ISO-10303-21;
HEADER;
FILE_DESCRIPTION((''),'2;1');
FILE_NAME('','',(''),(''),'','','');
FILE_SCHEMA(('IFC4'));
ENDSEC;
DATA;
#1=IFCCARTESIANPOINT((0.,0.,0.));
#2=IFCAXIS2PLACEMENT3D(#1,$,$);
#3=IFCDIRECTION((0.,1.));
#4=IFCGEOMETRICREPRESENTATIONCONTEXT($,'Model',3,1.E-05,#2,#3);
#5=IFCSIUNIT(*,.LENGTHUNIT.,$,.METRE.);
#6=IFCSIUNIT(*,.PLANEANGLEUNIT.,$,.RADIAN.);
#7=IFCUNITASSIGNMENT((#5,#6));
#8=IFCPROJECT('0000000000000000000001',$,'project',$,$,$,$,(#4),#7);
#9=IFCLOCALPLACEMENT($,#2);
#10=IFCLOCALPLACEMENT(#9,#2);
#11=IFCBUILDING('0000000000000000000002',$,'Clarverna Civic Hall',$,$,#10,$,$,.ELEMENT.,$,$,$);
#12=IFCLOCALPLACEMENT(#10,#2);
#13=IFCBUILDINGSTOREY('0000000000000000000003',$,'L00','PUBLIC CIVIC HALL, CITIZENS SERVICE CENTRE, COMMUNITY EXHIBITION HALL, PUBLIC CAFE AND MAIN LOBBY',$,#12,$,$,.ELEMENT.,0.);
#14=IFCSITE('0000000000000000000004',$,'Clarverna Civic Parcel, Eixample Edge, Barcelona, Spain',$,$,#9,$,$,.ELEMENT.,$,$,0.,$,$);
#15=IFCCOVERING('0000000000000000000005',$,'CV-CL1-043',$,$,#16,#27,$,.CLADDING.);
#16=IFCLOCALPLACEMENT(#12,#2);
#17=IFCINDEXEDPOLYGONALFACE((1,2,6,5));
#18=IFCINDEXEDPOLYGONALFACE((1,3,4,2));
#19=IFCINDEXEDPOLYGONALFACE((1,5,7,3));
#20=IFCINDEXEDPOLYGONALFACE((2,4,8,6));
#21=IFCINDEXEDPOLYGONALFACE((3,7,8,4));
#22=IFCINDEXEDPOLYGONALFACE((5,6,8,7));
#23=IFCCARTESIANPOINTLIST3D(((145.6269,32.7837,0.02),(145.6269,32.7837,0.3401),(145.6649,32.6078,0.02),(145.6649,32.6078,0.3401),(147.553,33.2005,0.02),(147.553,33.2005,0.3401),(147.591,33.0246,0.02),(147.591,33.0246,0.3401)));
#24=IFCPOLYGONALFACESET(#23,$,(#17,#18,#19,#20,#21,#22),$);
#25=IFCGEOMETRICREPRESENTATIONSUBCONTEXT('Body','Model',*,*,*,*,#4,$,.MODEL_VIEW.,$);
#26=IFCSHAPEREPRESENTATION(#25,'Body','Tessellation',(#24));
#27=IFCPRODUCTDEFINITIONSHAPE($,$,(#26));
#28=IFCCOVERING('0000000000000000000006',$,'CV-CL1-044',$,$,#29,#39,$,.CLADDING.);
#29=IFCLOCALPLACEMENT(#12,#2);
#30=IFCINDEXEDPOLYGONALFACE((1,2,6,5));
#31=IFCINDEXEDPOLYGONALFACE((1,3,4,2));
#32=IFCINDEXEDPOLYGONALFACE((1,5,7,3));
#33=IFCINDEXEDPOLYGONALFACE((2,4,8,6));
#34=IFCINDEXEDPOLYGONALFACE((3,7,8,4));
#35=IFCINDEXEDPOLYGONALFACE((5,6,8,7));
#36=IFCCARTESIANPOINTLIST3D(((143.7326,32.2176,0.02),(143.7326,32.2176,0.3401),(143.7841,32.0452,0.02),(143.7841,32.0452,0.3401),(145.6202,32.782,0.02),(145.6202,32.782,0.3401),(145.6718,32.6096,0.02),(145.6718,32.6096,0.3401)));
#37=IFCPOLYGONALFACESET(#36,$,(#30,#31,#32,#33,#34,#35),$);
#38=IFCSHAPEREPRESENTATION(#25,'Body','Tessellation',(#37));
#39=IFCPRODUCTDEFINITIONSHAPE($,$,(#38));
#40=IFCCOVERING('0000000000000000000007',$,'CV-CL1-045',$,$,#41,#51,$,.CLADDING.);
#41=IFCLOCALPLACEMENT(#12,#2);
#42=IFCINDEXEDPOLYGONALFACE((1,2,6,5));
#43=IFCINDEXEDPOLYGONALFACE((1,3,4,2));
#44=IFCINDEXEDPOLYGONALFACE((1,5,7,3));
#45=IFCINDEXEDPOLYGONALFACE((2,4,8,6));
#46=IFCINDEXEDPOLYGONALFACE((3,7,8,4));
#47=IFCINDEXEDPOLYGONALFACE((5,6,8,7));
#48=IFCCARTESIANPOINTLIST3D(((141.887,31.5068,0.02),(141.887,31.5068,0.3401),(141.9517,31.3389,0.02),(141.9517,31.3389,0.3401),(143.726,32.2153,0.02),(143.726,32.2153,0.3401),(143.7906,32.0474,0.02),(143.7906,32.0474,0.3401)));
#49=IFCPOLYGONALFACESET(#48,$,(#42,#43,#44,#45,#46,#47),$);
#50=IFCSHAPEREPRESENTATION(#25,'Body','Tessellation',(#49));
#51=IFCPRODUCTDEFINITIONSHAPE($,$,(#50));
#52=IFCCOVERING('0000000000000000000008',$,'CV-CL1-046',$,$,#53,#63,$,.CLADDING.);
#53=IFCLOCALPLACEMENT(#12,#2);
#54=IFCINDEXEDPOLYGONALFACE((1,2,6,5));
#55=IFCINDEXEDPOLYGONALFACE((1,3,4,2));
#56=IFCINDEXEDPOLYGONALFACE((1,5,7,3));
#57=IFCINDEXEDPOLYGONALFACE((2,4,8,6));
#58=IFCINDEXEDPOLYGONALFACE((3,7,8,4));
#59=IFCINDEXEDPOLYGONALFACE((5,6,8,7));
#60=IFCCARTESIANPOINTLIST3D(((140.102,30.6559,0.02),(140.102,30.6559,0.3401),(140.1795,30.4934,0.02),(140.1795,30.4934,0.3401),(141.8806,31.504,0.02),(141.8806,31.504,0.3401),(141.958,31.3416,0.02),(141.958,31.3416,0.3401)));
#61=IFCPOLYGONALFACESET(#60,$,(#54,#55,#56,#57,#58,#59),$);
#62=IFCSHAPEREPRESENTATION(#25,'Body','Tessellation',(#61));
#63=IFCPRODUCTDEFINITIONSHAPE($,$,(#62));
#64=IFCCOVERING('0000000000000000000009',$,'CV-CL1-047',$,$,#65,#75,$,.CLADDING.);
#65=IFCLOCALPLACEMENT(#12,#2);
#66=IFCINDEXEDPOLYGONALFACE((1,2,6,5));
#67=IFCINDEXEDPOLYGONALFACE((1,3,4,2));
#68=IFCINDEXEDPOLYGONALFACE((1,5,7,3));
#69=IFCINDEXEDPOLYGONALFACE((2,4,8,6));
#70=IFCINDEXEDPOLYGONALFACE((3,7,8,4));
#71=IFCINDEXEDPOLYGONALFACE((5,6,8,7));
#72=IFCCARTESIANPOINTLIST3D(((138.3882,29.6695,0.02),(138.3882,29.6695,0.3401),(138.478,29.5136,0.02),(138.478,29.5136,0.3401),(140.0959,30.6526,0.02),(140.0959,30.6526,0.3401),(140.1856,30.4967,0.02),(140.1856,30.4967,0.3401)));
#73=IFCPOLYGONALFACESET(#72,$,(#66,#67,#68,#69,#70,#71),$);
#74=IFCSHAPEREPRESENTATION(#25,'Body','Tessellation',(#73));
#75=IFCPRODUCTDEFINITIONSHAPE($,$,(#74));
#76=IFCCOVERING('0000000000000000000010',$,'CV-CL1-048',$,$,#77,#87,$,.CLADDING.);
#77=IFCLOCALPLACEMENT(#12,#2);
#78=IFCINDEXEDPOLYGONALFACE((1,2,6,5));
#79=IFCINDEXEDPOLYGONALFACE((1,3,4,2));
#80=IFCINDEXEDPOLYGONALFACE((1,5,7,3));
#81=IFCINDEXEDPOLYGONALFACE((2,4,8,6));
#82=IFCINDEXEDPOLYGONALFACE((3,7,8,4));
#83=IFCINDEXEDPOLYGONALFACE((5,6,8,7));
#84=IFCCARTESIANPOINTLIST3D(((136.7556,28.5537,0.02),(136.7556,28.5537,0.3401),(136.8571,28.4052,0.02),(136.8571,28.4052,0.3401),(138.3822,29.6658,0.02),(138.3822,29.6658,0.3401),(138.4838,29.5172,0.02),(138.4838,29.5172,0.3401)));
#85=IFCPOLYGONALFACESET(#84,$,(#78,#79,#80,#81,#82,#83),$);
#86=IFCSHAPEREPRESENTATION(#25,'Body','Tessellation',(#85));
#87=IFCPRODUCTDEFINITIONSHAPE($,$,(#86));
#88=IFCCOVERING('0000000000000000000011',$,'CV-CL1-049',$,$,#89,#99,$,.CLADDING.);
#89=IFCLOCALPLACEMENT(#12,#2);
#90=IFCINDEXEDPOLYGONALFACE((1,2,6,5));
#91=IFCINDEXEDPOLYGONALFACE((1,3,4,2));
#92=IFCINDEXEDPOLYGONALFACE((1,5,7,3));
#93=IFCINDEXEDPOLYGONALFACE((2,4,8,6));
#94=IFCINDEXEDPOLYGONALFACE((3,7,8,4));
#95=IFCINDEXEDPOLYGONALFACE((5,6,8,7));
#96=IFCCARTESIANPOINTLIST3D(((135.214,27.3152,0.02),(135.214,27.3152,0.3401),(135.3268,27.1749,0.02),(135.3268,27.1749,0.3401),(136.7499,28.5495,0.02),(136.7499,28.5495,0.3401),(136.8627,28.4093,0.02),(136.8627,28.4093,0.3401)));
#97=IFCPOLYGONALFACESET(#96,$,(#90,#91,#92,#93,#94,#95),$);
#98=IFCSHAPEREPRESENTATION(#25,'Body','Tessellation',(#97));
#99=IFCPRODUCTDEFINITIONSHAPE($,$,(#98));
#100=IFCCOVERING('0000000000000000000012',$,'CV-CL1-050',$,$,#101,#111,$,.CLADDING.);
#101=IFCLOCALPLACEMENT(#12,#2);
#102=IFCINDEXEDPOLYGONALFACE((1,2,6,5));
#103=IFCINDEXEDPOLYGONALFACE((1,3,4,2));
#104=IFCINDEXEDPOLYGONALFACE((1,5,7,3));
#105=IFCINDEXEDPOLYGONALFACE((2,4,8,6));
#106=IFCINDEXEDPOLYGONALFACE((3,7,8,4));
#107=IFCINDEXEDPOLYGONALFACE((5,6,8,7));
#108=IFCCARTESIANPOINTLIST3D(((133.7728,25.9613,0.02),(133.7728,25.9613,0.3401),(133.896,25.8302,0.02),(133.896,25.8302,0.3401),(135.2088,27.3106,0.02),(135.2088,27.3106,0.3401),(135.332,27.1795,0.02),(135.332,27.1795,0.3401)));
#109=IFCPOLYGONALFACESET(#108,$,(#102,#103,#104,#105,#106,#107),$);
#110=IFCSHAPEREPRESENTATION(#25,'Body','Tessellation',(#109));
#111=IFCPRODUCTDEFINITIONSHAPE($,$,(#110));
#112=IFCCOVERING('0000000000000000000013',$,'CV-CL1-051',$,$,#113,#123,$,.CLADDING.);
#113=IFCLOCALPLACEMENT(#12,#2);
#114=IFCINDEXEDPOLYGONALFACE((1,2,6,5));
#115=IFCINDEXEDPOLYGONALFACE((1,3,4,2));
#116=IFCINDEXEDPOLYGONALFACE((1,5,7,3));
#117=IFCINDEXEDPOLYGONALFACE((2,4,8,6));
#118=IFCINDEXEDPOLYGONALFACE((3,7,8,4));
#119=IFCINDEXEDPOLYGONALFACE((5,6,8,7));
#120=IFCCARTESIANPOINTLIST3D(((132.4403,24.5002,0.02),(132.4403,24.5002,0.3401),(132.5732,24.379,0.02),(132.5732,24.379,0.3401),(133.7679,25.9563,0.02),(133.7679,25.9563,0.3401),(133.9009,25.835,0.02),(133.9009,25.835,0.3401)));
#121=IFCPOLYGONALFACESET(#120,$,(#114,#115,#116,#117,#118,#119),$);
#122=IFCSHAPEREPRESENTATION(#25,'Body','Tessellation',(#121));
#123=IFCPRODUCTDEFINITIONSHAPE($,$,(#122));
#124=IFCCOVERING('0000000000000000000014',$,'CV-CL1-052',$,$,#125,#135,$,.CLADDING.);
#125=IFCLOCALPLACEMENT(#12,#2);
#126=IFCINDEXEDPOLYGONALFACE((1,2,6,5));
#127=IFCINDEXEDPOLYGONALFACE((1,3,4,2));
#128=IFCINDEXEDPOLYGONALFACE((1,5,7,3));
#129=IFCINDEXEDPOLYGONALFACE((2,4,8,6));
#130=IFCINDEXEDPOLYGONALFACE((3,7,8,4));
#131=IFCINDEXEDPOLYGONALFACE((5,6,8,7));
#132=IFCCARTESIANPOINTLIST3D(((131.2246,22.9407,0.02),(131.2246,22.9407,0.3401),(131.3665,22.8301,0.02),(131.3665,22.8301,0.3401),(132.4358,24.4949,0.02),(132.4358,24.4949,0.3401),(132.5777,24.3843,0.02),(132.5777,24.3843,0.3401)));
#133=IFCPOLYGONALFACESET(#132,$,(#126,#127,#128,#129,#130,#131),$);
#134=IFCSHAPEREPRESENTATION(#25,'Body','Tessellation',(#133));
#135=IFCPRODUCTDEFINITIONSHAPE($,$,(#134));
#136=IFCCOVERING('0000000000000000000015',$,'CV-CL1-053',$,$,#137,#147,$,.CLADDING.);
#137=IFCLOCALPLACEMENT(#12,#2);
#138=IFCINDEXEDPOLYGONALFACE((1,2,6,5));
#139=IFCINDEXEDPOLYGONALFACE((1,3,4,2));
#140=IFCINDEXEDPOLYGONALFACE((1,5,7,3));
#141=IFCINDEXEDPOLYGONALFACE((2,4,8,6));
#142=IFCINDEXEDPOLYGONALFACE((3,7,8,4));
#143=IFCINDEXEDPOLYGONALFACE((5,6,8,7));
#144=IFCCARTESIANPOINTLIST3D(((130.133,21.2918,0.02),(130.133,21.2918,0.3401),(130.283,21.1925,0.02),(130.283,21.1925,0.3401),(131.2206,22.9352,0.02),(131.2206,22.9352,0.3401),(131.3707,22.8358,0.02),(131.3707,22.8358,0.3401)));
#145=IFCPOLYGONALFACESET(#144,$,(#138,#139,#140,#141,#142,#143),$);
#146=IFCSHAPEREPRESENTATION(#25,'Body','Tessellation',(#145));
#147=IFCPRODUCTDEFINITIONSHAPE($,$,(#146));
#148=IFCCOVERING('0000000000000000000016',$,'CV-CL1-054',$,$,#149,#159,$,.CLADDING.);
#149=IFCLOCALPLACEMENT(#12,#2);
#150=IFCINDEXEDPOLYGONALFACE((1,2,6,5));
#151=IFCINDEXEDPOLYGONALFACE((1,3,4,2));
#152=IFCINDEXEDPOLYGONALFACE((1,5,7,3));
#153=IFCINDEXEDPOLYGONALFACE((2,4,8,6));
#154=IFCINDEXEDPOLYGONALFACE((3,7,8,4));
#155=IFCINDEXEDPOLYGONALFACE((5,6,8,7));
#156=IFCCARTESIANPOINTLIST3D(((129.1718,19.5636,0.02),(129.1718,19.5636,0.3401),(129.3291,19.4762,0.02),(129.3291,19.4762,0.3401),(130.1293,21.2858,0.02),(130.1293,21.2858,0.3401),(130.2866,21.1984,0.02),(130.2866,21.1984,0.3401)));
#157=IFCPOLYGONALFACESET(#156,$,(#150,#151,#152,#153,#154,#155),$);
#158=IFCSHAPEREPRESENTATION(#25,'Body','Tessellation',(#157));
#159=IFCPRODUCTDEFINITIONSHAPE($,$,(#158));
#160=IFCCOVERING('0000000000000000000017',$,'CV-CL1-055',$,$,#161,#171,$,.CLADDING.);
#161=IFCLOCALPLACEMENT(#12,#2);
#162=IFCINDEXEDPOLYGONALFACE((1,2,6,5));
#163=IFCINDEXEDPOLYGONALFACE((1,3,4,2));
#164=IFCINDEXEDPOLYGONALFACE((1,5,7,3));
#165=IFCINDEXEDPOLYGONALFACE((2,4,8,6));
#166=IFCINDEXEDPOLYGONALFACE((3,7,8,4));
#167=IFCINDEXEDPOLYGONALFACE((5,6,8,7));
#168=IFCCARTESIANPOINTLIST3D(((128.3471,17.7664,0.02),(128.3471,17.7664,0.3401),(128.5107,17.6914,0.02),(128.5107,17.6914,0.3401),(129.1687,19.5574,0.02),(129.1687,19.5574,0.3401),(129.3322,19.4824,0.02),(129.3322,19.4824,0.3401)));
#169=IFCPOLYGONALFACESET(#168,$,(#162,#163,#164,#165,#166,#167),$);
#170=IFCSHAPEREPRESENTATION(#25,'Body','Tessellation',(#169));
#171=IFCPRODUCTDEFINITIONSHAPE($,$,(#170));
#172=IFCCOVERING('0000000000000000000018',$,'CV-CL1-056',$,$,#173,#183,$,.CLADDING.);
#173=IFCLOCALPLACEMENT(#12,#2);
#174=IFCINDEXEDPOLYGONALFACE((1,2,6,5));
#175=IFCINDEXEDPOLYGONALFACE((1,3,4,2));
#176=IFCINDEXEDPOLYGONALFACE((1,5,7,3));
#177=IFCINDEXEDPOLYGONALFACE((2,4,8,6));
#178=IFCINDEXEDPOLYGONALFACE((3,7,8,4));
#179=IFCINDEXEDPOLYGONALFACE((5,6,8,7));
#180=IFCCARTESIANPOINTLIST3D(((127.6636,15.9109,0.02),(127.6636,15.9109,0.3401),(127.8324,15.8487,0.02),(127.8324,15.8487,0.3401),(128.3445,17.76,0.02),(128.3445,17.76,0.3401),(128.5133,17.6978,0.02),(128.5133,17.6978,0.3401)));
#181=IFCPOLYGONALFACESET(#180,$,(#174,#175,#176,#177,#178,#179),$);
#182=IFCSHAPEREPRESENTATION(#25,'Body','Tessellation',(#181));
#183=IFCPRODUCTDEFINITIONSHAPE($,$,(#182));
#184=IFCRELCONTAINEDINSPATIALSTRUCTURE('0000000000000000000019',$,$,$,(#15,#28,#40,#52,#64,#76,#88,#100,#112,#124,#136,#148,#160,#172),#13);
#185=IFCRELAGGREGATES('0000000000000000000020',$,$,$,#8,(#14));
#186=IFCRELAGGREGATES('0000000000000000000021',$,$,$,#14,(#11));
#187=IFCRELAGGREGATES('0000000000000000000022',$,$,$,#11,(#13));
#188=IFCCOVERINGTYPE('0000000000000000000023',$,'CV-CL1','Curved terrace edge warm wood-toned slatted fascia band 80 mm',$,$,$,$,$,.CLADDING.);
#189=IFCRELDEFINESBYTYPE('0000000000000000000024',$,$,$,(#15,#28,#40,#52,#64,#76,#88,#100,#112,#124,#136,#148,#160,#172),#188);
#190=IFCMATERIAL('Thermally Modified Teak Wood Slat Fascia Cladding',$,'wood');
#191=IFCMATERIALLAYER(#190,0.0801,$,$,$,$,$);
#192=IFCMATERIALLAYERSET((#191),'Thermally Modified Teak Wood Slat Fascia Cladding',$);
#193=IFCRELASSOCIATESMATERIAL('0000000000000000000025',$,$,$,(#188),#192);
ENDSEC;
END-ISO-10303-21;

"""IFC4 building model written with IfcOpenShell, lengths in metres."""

from ifc_helpers import new_model, si_unit, direction, frame, frame_2d, origin, place, context, subcontext, project, spatial, rectangle, extrude, material, layer, layer_set, type_object, element, save


model = new_model("IFC4")

# Units and contexts
model_context = context("Model", 3, precision=1e-05, world=origin(), true_north=direction((0.0, 1.0)))
body_context = subcontext(model_context, "Body", "Model", "MODEL_VIEW")
ifc_project = project(units=[si_unit("LENGTHUNIT", "METRE"), si_unit("PLANEANGLEUNIT", "RADIAN")], contexts=[model_context])

# Site, building, storey
site_placement = place(None, origin())
site = spatial("IfcSite", under=ifc_project, at=site_placement, Name="Clarverna Civic Parcel, Eixample Edge, Barcelona, Spain", CompositionType="ELEMENT", RefElevation=0.0)
building_placement = place(site_placement, origin())
building = spatial("IfcBuilding", under=site, at=building_placement, Name="Clarverna Civic Hall", CompositionType="ELEMENT")
storey_placement = place(building_placement, origin())
storey = spatial("IfcBuildingStorey", under=building, at=storey_placement, Name="L00", Description="PUBLIC CIVIC HALL, CITIZENS SERVICE CENTRE, COMMUNITY EXHIBITION HALL, PUBLIC CAFE AND MAIN LOBBY", CompositionType="ELEMENT", Elevation=0.0)

# Coverings
ifc_material = material(Name="Thermally Modified Teak Wood Slat Fascia Cladding", Category="wood")
ifc_layer = layer(ifc_material, 0.0801)
ifc_layer_set = layer_set([ifc_layer], Name="Thermally Modified Teak Wood Slat Fascia Cladding")
covering_type = type_object("IfcCoveringType", Name="CV-CL1", Description="Curved terrace edge warm wood-toned slatted fascia band 80 mm", PredefinedType="CLADDING", material=ifc_layer_set)
covering_1_placement = place(storey_placement, frame((147.572, 33.1125, 0.02), z_axis=(0.0, 0.0, 1.0), x_axis=(-0.977382, -0.211483, 0.0)))
element("IfcCovering", 1, at=covering_1_placement, inside=storey, type_object=covering_type, Name="CV-CL1-043", PredefinedType="CLADDING", context=body_context, shape_type="SweptSolid", body=[
    extrude(rectangle(XDim=1.9707, YDim=0.1799, at=frame_2d((0.9854, 0.0))), origin(), (0.0, 0.0, 1.0), 0.3201),
])
covering_2_placement = place(storey_placement, frame((145.646, 32.6958, 0.02), z_axis=(0.0, 0.0, 1.0), x_axis=(-0.958085, -0.286484, 0.0)))
element("IfcCovering", 2, at=covering_2_placement, inside=storey, type_object=covering_type, Name="CV-CL1-044", PredefinedType="CLADDING", context=body_context, shape_type="SweptSolid", body=[
    extrude(rectangle(XDim=1.9702, YDim=0.1799, at=frame_2d((0.9851, 0.0))), origin(), (0.0, 0.0, 1.0), 0.3201),
])
covering_3_placement = place(storey_placement, frame((143.7583, 32.1313, 0.02), z_axis=(0.0, 0.0, 1.0), x_axis=(-0.933135, -0.359527, 0.0)))
element("IfcCovering", 3, at=covering_3_placement, inside=storey, type_object=covering_type, Name="CV-CL1-045", PredefinedType="CLADDING", context=body_context, shape_type="SweptSolid", body=[
    extrude(rectangle(XDim=1.9707, YDim=0.1799, at=frame_2d((0.9854, 0.0))), origin(), (0.0, 0.0, 1.0), 0.3201),
])
for number, where, z_axis, x_axis, name in (
    (4, (141.9194, 31.4229, 0.02), (0.0, 0.0, 1.0), (-0.902622, -0.430434, 0.0), "CV-CL1-046"),
    (5, (140.1409, 30.5747, 0.02), (0.0, 0.0, 1.0), (-0.866645, -0.498925, 0.0), "CV-CL1-047"),
    (6, (138.4331, 29.5916, 0.02), (0.0, 0.0, 1.0), (-0.825532, -0.564355, 0.0), "CV-CL1-048"),
    (7, (136.8064, 28.4795, 0.02), (0.0, 0.0, 1.0), (-0.779465, -0.626446, 0.0), "CV-CL1-049"),
    (8, (135.2705, 27.2451, 0.02), (0.0, 0.0, 1.0), (-0.728756, -0.684773, 0.0), "CV-CL1-050"),
    (9, (133.8345, 25.8958, 0.02), (0.0, 0.0, 1.0), (-0.67377, -0.738941, 0.0), "CV-CL1-051"),
    (10, (132.5068, 24.4397, 0.02), (0.0, 0.0, 1.0), (-0.614687, -0.788771, 0.0), "CV-CL1-052"),
):
    element("IfcCovering", number, at=place(storey_placement, frame(where, z_axis=z_axis, x_axis=x_axis)), inside=storey, type_object=covering_type, Name=name, PredefinedType="CLADDING", context=body_context, shape_type="SweptSolid", body=[
        extrude(rectangle(XDim=1.9705, YDim=0.1799, at=frame_2d((0.9854, 0.0))), origin(), (0.0, 0.0, 1.0), 0.3201),
    ])
covering_4_placement = place(storey_placement, frame((131.2957, 22.8855, 0.02), z_axis=(0.0, 0.0, 1.0), x_axis=(-0.551924, -0.833894, 0.0)))
element("IfcCovering", 11, at=covering_4_placement, inside=storey, type_object=covering_type, Name="CV-CL1-053", PredefinedType="CLADDING", context=body_context, shape_type="SweptSolid", body=[
    extrude(rectangle(XDim=1.9707, YDim=0.1799, at=frame_2d((0.9854, 0.0))), origin(), (0.0, 0.0, 1.0), 0.3201),
])
for number, where, z_axis, x_axis, name in (
    (12, (130.208, 21.2422, 0.02), (0.0, 0.0, 1.0), (-0.485937, -0.873994, 0.0), "CV-CL1-054"),
    (13, (129.2505, 19.52, 0.02), (0.0, 0.0, 1.0), (-0.416928, -0.90894, 0.0), "CV-CL1-055"),
    (14, (128.429, 17.729, 0.02), (0.0, 0.0, 1.0), (-0.34555, -0.9384, 0.0), "CV-CL1-056"),
):
    element("IfcCovering", number, at=place(storey_placement, frame(where, z_axis=z_axis, x_axis=x_axis)), inside=storey, type_object=covering_type, Name=name, PredefinedType="CLADDING", context=body_context, shape_type="SweptSolid", body=[
        extrude(rectangle(XDim=1.9705, YDim=0.1799, at=frame_2d((0.9854, 0.0))), origin(), (0.0, 0.0, 1.0), 0.3201),
    ])

save(model, "model.ifc")
